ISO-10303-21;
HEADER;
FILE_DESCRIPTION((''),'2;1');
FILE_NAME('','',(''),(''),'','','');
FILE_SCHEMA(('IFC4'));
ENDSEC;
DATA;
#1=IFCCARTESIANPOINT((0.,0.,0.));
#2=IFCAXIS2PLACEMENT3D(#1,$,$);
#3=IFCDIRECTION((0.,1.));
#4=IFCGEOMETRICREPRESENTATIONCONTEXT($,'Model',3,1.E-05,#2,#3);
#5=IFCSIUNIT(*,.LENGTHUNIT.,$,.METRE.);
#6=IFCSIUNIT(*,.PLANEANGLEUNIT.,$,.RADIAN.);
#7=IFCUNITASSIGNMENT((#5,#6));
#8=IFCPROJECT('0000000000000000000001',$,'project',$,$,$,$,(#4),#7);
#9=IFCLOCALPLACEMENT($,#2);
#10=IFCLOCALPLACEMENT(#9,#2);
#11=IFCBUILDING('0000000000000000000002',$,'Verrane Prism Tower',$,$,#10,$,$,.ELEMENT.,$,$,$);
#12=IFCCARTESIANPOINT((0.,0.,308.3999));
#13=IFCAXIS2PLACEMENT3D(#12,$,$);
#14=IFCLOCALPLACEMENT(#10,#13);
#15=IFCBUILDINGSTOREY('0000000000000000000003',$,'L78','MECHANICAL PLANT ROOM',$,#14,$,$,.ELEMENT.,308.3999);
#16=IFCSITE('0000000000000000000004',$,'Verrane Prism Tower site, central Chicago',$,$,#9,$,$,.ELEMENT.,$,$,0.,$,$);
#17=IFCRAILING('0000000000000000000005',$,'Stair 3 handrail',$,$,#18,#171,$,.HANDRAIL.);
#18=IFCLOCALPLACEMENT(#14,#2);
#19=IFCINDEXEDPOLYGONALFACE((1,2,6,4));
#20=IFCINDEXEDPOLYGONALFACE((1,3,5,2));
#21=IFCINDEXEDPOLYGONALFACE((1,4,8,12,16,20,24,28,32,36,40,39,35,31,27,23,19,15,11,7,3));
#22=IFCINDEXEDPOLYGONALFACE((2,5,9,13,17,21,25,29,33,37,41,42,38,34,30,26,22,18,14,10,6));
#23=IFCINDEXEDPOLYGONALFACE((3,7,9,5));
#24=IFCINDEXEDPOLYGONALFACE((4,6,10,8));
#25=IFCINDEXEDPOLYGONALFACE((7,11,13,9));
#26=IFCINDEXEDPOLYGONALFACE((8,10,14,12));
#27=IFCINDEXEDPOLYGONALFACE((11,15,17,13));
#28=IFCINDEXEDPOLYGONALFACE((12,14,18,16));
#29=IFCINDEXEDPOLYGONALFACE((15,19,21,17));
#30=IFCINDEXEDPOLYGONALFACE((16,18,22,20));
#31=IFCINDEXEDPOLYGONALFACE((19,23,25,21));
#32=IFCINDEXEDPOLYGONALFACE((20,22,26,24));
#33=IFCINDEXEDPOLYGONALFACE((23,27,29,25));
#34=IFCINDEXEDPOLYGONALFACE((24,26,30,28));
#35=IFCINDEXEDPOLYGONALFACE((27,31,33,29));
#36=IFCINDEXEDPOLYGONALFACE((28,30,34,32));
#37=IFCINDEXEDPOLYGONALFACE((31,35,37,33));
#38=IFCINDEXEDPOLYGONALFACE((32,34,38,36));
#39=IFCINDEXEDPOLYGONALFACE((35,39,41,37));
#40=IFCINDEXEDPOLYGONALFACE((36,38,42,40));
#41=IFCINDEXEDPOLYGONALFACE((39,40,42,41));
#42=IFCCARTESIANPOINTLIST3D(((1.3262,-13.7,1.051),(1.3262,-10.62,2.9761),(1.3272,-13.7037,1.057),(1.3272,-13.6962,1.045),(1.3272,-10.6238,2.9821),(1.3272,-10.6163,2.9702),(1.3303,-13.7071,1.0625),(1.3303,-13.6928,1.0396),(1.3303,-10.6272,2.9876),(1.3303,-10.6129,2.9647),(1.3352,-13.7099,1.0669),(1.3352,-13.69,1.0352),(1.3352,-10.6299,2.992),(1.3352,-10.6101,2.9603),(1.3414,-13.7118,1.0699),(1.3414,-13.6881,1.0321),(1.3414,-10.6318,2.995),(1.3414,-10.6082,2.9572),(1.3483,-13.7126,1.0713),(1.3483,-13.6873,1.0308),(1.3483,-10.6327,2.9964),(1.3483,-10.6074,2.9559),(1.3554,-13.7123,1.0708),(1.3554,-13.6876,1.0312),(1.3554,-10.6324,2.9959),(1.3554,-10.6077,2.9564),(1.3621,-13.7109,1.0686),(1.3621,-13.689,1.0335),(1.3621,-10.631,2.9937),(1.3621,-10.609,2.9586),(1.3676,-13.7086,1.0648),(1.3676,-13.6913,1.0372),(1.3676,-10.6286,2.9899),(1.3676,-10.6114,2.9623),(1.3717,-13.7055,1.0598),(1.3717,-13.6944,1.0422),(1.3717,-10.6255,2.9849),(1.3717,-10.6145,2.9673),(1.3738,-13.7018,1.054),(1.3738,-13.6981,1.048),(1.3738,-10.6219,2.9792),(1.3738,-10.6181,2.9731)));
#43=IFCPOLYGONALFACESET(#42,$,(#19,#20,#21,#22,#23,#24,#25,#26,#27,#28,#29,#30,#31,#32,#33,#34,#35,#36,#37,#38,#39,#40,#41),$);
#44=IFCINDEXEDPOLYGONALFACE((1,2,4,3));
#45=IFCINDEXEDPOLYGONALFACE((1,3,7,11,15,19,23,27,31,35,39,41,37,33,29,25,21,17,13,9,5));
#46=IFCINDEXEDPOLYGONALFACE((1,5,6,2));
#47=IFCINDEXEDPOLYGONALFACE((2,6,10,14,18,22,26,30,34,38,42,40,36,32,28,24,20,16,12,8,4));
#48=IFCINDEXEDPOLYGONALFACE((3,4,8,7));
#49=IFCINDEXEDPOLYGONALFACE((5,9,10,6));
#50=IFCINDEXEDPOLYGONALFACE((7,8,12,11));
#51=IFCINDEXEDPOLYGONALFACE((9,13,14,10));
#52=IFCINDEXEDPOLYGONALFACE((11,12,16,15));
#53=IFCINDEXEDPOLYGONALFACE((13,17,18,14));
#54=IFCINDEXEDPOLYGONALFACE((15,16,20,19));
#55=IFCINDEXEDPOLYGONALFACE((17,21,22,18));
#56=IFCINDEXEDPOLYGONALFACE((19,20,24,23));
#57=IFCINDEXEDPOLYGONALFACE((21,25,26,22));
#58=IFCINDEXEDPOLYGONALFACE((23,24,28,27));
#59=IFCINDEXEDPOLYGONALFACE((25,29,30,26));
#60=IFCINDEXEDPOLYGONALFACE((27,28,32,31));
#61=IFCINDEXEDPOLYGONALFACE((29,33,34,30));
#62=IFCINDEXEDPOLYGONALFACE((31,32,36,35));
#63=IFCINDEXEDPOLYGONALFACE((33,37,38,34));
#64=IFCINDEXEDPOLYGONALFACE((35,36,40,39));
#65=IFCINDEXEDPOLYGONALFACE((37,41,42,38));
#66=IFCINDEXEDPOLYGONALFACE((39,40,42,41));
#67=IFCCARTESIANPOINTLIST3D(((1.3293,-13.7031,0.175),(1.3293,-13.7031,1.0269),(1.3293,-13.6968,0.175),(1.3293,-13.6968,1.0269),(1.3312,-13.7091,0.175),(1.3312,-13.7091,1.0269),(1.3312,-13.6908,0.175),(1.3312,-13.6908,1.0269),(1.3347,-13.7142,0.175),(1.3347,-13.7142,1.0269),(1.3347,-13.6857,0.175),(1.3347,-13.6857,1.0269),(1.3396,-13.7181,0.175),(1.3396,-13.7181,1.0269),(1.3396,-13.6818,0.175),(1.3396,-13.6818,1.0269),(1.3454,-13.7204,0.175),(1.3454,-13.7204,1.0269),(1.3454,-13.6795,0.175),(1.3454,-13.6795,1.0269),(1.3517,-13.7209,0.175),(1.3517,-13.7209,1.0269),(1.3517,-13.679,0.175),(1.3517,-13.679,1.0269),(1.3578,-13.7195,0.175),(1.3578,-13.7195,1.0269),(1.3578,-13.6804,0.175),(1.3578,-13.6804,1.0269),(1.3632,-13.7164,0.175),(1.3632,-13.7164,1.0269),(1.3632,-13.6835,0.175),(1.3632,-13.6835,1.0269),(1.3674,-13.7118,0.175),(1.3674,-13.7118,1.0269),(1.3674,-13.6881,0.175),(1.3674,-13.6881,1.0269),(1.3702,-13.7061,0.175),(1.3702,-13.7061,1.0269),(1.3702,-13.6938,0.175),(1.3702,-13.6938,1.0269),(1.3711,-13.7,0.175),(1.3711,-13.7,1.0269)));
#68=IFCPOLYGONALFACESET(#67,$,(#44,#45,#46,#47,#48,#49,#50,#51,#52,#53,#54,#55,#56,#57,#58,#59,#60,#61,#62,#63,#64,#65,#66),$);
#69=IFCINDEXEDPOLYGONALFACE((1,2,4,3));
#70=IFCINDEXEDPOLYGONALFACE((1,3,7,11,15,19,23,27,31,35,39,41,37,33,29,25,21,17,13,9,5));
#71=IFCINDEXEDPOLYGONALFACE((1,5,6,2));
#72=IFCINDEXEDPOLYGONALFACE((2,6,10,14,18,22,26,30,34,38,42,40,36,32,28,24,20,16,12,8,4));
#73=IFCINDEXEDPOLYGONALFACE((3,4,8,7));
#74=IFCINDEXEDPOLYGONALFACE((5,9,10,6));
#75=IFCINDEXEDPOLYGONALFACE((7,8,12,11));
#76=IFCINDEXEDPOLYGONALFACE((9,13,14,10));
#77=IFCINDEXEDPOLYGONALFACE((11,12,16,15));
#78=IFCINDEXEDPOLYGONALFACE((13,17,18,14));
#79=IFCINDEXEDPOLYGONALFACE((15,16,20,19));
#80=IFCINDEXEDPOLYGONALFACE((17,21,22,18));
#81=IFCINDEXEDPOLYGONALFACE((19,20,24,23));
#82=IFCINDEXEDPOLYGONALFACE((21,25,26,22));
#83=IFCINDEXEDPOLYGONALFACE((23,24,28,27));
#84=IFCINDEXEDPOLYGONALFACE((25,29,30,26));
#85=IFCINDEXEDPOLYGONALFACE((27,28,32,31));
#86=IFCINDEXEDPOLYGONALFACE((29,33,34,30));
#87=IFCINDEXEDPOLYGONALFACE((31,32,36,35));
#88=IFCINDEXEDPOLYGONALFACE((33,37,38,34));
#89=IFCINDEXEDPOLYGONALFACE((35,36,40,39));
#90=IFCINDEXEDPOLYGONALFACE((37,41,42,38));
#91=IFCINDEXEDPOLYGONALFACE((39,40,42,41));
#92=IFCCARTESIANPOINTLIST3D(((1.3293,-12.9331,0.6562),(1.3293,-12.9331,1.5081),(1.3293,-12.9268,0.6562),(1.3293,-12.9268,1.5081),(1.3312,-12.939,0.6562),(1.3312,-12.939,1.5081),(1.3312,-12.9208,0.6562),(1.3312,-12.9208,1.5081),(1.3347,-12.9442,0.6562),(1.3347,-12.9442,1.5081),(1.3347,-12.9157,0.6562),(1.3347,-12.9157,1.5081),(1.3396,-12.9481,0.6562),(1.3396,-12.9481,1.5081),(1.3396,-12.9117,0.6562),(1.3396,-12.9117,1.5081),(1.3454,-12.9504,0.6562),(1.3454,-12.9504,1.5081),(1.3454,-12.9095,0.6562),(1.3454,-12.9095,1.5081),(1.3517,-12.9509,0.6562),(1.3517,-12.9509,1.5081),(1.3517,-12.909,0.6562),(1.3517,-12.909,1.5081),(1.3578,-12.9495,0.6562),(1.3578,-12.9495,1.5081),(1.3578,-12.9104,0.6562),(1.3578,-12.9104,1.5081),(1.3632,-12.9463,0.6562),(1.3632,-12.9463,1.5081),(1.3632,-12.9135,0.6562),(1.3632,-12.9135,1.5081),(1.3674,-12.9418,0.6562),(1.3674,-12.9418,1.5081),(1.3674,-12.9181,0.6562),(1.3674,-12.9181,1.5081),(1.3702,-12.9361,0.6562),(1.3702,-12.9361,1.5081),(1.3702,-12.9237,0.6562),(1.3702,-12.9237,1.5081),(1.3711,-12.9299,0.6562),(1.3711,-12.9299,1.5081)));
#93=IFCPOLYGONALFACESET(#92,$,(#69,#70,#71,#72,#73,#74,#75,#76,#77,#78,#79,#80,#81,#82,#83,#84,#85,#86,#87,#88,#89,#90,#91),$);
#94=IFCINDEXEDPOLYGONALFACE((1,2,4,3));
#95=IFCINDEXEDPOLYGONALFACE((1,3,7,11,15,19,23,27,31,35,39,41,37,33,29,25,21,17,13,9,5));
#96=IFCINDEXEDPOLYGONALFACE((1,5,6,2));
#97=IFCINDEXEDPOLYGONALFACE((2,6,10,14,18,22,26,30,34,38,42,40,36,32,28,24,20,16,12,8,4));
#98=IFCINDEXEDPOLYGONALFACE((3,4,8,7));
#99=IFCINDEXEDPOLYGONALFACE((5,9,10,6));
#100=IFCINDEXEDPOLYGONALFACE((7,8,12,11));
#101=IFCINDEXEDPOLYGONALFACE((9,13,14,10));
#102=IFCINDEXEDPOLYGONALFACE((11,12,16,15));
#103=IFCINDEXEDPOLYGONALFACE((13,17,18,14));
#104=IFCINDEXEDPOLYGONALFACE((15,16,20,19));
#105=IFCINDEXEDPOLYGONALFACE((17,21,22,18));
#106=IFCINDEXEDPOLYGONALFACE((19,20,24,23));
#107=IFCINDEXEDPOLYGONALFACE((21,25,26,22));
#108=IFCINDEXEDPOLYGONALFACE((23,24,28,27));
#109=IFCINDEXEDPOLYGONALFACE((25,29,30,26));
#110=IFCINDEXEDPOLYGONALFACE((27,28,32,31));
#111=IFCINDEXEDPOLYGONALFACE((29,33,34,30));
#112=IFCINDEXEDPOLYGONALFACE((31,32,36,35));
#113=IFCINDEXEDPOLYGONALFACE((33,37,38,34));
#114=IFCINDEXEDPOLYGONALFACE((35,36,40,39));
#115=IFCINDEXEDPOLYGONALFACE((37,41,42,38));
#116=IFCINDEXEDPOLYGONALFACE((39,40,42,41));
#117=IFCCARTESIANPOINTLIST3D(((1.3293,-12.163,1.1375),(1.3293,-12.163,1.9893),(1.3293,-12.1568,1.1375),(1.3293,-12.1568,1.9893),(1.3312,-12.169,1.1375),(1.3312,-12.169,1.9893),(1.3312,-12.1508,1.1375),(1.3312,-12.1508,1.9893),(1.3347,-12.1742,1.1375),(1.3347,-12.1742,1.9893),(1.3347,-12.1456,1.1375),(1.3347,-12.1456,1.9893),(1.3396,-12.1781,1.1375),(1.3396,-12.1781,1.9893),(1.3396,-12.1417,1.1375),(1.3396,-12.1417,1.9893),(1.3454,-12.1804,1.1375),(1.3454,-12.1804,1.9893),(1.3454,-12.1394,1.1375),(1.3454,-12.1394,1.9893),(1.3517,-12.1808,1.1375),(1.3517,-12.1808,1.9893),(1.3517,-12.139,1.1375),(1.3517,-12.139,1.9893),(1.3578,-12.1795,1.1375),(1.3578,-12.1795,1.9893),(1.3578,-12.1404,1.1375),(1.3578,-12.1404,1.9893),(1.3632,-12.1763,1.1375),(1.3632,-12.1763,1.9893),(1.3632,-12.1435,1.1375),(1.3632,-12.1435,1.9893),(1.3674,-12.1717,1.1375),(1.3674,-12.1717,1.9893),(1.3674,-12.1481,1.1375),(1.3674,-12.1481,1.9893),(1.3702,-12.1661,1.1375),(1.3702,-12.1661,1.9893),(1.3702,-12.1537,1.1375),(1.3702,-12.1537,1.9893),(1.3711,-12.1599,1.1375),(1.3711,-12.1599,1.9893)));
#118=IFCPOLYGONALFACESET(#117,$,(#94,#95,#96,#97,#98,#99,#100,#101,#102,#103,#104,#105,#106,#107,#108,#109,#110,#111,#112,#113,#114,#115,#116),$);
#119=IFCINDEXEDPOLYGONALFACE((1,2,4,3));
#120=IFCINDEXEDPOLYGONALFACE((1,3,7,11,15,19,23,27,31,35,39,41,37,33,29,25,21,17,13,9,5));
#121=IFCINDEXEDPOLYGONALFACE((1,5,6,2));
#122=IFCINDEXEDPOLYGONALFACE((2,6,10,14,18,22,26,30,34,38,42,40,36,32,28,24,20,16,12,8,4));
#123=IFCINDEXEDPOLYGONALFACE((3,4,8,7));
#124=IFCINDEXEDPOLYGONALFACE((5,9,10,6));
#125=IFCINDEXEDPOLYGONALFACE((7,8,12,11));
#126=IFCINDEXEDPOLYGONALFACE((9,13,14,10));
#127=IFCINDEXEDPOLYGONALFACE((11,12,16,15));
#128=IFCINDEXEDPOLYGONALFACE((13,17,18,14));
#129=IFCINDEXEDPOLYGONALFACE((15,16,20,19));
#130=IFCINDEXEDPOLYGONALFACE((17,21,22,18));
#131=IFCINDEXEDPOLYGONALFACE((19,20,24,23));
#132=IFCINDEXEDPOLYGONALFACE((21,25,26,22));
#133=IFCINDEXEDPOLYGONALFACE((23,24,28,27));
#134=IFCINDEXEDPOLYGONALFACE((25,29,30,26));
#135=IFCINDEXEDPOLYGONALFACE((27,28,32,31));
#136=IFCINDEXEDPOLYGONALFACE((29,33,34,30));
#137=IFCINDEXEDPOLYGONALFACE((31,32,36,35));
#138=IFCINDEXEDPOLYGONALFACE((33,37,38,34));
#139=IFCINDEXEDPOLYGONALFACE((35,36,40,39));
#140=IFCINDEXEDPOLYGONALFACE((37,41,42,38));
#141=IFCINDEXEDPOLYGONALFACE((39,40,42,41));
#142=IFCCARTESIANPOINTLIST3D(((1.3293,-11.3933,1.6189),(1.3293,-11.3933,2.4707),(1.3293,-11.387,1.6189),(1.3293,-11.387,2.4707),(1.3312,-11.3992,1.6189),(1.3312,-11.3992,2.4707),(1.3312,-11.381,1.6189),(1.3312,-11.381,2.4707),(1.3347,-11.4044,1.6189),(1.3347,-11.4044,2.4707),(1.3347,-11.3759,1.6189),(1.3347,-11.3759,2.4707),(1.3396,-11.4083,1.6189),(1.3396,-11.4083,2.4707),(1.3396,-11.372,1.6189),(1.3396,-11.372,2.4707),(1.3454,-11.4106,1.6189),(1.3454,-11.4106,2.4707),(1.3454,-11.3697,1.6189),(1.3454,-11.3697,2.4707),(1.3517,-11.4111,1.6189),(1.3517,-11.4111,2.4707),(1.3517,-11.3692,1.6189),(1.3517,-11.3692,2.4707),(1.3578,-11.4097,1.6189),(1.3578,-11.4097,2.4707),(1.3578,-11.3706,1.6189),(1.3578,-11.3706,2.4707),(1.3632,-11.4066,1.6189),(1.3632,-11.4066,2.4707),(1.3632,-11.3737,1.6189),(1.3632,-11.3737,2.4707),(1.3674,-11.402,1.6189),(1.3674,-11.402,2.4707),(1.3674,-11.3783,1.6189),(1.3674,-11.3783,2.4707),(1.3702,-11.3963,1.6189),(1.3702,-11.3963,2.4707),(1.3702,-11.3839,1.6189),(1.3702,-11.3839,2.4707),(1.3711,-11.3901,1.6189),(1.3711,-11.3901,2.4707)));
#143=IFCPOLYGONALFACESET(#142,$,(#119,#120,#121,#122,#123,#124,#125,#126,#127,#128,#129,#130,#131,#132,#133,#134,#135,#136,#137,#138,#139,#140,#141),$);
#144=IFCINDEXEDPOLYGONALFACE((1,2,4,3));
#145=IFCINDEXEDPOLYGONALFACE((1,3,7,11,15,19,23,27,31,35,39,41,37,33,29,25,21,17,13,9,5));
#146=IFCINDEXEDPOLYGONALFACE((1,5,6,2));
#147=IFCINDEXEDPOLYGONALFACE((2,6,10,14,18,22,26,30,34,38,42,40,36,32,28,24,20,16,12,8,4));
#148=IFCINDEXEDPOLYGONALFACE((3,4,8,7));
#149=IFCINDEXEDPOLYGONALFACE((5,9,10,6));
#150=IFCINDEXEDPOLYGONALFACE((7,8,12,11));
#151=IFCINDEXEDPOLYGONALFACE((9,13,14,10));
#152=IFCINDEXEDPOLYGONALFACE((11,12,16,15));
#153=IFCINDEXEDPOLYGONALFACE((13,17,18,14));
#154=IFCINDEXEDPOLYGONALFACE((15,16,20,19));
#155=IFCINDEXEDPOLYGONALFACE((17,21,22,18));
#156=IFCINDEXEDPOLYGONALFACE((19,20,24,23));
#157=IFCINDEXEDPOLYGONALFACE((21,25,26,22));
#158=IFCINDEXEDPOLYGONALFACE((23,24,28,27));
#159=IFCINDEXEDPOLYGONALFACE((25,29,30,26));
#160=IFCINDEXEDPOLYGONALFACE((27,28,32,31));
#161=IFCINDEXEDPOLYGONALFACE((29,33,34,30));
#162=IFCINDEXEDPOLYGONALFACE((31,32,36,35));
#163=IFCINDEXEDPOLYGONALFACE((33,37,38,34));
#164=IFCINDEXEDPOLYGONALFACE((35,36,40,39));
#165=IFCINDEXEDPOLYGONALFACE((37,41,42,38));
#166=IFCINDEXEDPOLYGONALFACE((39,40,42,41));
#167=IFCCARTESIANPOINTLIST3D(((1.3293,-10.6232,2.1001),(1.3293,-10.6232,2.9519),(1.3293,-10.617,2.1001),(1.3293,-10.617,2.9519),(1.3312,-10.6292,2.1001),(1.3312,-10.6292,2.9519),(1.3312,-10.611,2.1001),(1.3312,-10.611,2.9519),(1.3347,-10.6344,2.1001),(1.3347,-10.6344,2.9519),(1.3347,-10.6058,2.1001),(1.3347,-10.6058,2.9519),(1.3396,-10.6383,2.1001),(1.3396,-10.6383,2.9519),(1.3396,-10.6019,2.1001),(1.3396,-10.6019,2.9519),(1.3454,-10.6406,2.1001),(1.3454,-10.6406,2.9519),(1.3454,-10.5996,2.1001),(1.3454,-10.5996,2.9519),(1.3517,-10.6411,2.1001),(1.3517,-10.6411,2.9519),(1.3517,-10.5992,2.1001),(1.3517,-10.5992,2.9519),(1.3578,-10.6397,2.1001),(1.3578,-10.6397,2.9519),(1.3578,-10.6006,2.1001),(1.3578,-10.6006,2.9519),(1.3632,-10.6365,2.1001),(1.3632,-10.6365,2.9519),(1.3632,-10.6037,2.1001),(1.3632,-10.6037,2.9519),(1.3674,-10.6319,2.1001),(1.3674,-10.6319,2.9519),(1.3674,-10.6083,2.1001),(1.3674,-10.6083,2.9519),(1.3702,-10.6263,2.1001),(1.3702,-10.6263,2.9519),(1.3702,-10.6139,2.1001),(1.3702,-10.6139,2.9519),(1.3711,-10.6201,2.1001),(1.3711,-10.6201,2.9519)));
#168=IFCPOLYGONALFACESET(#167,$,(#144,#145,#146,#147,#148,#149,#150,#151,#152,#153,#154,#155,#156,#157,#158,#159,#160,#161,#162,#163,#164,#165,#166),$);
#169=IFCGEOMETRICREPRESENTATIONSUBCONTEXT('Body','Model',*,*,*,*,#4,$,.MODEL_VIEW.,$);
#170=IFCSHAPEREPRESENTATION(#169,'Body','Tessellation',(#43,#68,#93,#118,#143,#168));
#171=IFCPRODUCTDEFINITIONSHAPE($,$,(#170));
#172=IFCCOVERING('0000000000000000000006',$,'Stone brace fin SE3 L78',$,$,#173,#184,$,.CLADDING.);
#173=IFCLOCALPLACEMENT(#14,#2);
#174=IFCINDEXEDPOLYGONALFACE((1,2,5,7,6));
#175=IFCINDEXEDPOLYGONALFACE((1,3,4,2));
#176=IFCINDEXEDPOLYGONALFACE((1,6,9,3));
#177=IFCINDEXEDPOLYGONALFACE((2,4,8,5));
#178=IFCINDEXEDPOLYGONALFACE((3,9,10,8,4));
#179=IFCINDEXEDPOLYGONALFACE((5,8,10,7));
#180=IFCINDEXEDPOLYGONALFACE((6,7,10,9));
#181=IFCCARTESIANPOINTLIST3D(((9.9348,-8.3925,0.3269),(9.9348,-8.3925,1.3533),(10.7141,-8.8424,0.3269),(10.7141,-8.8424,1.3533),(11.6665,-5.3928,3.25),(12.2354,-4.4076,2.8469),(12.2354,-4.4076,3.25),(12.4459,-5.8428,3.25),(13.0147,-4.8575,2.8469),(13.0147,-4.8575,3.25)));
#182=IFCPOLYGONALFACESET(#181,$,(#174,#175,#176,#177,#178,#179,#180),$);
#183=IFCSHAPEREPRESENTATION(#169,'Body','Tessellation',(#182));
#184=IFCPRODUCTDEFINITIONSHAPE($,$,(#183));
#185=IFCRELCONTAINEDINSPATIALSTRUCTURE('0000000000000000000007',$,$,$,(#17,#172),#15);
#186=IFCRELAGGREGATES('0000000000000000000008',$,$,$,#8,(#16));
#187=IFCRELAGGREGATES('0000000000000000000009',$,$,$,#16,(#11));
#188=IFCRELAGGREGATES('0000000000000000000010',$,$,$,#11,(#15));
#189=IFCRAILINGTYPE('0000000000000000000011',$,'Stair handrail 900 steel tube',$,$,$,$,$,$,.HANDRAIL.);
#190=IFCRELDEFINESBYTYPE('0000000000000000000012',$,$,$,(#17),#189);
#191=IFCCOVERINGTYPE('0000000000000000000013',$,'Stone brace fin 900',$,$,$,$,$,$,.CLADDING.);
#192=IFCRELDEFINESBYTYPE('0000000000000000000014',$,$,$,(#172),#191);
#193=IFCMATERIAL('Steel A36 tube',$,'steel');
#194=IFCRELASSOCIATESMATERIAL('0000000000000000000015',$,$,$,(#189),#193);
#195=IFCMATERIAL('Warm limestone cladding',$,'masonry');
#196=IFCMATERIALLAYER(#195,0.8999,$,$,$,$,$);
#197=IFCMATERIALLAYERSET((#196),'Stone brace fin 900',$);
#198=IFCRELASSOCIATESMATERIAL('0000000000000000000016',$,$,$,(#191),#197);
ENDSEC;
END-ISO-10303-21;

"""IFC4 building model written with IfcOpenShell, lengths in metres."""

from ifc_helpers import new_model, si_unit, direction, frame, origin, origin_2d, place, context, subcontext, project, spatial, polyline, circle, outline, extrude, material, layer, layer_set, type_object, element, save


model = new_model("IFC4")

# Units and contexts
model_context = context("Model", 3, precision=1e-05, world=origin(), true_north=direction((0.0, 1.0)))
body_context = subcontext(model_context, "Body", "Model", "MODEL_VIEW")
ifc_project = project(units=[si_unit("LENGTHUNIT", "METRE"), si_unit("PLANEANGLEUNIT", "RADIAN")], contexts=[model_context])

# Site, building, storey
site_placement = place(None, origin())
site = spatial("IfcSite", under=ifc_project, at=site_placement, Name="Verrane Prism Tower site, central Chicago", CompositionType="ELEMENT", RefElevation=0.0)
building_placement = place(site_placement, origin())
building = spatial("IfcBuilding", under=site, at=building_placement, Name="Verrane Prism Tower", CompositionType="ELEMENT")
storey_placement = place(building_placement, frame((0.0, 0.0, 308.3999)))
storey = spatial("IfcBuildingStorey", under=building, at=storey_placement, Name="L78", Description="MECHANICAL PLANT ROOM", CompositionType="ELEMENT", Elevation=308.3999)

# Railing
ifc_material_1 = material(Name="Steel A36 tube", Category="steel")
railing_type = type_object("IfcRailingType", Name="Stair handrail 900 steel tube", PredefinedType="HANDRAIL", material=ifc_material_1)
railing_placement = place(storey_placement, frame((1.3501, -13.7, 0.175)))
element("IfcRailing", 1, at=railing_placement, inside=storey, type_object=railing_type, Name="Stair 3 handrail", PredefinedType="HANDRAIL", context=body_context, shape_type="SweptSolid", body=[
    extrude(circle(Radius=0.0239, at=origin_2d()), frame((0.0, 0.0, 0.876), z_axis=(0.0, 0.847979, 0.530029), x_axis=(-1.0, 0.0, 0.0)), (0.0, 0.0, 1.0), 3.6321),
    extrude(circle(Radius=0.021, at=origin_2d()), origin(), (0.0, 0.0, 1.0), 0.8518),
    extrude(circle(Radius=0.021, at=origin_2d()), frame((0.0, 0.77, 0.4812)), (0.0, 0.0, 1.0), 0.8518),
    extrude(circle(Radius=0.021, at=origin_2d()), frame((0.0, 1.54, 0.9624)), (0.0, 0.0, 1.0), 0.8518),
    extrude(circle(Radius=0.021, at=origin_2d()), frame((0.0, 2.3098, 1.4438)), (0.0, 0.0, 1.0), 0.8518),
    extrude(circle(Radius=0.021, at=origin_2d()), frame((0.0, 3.0798, 1.925)), (0.0, 0.0, 1.0), 0.8518),
])

# Covering
ifc_material_2 = material(Name="Warm limestone cladding", Category="masonry")
ifc_layer_1 = layer(ifc_material_2, 0.8999)
ifc_layer_set_1 = layer_set([ifc_layer_1], Name="Stone brace fin 900")
covering_type = type_object("IfcCoveringType", Name="Stone brace fin 900", PredefinedType="CLADDING", material=ifc_layer_set_1)
covering_placement = place(storey_placement, frame((10.3245, -8.6174, 0.3269), z_axis=(0.0, 0.0, 1.0), x_axis=(0.49998, 0.866037, 0.0)))
element("IfcCovering", 2, at=covering_placement, inside=storey, type_object=covering_type, Name="Stone brace fin SE3 L78", PredefinedType="CLADDING", context=body_context, shape_type="SweptSolid", body=[
    extrude(outline(polyline([(4.6013, 2.9231), (3.4636, 2.9231), (0.0, 1.0264), (0.0, 0.0), (4.6013, 2.52), (4.6013, 2.9231)])), frame((0.0, 0.45, 0.0), z_axis=(0.0, -1.0, 0.0), x_axis=(1.0, 0.0, 0.0)), (0.0, 0.0, 1.0), 0.8999),
])

save(model, "model.ifc")
